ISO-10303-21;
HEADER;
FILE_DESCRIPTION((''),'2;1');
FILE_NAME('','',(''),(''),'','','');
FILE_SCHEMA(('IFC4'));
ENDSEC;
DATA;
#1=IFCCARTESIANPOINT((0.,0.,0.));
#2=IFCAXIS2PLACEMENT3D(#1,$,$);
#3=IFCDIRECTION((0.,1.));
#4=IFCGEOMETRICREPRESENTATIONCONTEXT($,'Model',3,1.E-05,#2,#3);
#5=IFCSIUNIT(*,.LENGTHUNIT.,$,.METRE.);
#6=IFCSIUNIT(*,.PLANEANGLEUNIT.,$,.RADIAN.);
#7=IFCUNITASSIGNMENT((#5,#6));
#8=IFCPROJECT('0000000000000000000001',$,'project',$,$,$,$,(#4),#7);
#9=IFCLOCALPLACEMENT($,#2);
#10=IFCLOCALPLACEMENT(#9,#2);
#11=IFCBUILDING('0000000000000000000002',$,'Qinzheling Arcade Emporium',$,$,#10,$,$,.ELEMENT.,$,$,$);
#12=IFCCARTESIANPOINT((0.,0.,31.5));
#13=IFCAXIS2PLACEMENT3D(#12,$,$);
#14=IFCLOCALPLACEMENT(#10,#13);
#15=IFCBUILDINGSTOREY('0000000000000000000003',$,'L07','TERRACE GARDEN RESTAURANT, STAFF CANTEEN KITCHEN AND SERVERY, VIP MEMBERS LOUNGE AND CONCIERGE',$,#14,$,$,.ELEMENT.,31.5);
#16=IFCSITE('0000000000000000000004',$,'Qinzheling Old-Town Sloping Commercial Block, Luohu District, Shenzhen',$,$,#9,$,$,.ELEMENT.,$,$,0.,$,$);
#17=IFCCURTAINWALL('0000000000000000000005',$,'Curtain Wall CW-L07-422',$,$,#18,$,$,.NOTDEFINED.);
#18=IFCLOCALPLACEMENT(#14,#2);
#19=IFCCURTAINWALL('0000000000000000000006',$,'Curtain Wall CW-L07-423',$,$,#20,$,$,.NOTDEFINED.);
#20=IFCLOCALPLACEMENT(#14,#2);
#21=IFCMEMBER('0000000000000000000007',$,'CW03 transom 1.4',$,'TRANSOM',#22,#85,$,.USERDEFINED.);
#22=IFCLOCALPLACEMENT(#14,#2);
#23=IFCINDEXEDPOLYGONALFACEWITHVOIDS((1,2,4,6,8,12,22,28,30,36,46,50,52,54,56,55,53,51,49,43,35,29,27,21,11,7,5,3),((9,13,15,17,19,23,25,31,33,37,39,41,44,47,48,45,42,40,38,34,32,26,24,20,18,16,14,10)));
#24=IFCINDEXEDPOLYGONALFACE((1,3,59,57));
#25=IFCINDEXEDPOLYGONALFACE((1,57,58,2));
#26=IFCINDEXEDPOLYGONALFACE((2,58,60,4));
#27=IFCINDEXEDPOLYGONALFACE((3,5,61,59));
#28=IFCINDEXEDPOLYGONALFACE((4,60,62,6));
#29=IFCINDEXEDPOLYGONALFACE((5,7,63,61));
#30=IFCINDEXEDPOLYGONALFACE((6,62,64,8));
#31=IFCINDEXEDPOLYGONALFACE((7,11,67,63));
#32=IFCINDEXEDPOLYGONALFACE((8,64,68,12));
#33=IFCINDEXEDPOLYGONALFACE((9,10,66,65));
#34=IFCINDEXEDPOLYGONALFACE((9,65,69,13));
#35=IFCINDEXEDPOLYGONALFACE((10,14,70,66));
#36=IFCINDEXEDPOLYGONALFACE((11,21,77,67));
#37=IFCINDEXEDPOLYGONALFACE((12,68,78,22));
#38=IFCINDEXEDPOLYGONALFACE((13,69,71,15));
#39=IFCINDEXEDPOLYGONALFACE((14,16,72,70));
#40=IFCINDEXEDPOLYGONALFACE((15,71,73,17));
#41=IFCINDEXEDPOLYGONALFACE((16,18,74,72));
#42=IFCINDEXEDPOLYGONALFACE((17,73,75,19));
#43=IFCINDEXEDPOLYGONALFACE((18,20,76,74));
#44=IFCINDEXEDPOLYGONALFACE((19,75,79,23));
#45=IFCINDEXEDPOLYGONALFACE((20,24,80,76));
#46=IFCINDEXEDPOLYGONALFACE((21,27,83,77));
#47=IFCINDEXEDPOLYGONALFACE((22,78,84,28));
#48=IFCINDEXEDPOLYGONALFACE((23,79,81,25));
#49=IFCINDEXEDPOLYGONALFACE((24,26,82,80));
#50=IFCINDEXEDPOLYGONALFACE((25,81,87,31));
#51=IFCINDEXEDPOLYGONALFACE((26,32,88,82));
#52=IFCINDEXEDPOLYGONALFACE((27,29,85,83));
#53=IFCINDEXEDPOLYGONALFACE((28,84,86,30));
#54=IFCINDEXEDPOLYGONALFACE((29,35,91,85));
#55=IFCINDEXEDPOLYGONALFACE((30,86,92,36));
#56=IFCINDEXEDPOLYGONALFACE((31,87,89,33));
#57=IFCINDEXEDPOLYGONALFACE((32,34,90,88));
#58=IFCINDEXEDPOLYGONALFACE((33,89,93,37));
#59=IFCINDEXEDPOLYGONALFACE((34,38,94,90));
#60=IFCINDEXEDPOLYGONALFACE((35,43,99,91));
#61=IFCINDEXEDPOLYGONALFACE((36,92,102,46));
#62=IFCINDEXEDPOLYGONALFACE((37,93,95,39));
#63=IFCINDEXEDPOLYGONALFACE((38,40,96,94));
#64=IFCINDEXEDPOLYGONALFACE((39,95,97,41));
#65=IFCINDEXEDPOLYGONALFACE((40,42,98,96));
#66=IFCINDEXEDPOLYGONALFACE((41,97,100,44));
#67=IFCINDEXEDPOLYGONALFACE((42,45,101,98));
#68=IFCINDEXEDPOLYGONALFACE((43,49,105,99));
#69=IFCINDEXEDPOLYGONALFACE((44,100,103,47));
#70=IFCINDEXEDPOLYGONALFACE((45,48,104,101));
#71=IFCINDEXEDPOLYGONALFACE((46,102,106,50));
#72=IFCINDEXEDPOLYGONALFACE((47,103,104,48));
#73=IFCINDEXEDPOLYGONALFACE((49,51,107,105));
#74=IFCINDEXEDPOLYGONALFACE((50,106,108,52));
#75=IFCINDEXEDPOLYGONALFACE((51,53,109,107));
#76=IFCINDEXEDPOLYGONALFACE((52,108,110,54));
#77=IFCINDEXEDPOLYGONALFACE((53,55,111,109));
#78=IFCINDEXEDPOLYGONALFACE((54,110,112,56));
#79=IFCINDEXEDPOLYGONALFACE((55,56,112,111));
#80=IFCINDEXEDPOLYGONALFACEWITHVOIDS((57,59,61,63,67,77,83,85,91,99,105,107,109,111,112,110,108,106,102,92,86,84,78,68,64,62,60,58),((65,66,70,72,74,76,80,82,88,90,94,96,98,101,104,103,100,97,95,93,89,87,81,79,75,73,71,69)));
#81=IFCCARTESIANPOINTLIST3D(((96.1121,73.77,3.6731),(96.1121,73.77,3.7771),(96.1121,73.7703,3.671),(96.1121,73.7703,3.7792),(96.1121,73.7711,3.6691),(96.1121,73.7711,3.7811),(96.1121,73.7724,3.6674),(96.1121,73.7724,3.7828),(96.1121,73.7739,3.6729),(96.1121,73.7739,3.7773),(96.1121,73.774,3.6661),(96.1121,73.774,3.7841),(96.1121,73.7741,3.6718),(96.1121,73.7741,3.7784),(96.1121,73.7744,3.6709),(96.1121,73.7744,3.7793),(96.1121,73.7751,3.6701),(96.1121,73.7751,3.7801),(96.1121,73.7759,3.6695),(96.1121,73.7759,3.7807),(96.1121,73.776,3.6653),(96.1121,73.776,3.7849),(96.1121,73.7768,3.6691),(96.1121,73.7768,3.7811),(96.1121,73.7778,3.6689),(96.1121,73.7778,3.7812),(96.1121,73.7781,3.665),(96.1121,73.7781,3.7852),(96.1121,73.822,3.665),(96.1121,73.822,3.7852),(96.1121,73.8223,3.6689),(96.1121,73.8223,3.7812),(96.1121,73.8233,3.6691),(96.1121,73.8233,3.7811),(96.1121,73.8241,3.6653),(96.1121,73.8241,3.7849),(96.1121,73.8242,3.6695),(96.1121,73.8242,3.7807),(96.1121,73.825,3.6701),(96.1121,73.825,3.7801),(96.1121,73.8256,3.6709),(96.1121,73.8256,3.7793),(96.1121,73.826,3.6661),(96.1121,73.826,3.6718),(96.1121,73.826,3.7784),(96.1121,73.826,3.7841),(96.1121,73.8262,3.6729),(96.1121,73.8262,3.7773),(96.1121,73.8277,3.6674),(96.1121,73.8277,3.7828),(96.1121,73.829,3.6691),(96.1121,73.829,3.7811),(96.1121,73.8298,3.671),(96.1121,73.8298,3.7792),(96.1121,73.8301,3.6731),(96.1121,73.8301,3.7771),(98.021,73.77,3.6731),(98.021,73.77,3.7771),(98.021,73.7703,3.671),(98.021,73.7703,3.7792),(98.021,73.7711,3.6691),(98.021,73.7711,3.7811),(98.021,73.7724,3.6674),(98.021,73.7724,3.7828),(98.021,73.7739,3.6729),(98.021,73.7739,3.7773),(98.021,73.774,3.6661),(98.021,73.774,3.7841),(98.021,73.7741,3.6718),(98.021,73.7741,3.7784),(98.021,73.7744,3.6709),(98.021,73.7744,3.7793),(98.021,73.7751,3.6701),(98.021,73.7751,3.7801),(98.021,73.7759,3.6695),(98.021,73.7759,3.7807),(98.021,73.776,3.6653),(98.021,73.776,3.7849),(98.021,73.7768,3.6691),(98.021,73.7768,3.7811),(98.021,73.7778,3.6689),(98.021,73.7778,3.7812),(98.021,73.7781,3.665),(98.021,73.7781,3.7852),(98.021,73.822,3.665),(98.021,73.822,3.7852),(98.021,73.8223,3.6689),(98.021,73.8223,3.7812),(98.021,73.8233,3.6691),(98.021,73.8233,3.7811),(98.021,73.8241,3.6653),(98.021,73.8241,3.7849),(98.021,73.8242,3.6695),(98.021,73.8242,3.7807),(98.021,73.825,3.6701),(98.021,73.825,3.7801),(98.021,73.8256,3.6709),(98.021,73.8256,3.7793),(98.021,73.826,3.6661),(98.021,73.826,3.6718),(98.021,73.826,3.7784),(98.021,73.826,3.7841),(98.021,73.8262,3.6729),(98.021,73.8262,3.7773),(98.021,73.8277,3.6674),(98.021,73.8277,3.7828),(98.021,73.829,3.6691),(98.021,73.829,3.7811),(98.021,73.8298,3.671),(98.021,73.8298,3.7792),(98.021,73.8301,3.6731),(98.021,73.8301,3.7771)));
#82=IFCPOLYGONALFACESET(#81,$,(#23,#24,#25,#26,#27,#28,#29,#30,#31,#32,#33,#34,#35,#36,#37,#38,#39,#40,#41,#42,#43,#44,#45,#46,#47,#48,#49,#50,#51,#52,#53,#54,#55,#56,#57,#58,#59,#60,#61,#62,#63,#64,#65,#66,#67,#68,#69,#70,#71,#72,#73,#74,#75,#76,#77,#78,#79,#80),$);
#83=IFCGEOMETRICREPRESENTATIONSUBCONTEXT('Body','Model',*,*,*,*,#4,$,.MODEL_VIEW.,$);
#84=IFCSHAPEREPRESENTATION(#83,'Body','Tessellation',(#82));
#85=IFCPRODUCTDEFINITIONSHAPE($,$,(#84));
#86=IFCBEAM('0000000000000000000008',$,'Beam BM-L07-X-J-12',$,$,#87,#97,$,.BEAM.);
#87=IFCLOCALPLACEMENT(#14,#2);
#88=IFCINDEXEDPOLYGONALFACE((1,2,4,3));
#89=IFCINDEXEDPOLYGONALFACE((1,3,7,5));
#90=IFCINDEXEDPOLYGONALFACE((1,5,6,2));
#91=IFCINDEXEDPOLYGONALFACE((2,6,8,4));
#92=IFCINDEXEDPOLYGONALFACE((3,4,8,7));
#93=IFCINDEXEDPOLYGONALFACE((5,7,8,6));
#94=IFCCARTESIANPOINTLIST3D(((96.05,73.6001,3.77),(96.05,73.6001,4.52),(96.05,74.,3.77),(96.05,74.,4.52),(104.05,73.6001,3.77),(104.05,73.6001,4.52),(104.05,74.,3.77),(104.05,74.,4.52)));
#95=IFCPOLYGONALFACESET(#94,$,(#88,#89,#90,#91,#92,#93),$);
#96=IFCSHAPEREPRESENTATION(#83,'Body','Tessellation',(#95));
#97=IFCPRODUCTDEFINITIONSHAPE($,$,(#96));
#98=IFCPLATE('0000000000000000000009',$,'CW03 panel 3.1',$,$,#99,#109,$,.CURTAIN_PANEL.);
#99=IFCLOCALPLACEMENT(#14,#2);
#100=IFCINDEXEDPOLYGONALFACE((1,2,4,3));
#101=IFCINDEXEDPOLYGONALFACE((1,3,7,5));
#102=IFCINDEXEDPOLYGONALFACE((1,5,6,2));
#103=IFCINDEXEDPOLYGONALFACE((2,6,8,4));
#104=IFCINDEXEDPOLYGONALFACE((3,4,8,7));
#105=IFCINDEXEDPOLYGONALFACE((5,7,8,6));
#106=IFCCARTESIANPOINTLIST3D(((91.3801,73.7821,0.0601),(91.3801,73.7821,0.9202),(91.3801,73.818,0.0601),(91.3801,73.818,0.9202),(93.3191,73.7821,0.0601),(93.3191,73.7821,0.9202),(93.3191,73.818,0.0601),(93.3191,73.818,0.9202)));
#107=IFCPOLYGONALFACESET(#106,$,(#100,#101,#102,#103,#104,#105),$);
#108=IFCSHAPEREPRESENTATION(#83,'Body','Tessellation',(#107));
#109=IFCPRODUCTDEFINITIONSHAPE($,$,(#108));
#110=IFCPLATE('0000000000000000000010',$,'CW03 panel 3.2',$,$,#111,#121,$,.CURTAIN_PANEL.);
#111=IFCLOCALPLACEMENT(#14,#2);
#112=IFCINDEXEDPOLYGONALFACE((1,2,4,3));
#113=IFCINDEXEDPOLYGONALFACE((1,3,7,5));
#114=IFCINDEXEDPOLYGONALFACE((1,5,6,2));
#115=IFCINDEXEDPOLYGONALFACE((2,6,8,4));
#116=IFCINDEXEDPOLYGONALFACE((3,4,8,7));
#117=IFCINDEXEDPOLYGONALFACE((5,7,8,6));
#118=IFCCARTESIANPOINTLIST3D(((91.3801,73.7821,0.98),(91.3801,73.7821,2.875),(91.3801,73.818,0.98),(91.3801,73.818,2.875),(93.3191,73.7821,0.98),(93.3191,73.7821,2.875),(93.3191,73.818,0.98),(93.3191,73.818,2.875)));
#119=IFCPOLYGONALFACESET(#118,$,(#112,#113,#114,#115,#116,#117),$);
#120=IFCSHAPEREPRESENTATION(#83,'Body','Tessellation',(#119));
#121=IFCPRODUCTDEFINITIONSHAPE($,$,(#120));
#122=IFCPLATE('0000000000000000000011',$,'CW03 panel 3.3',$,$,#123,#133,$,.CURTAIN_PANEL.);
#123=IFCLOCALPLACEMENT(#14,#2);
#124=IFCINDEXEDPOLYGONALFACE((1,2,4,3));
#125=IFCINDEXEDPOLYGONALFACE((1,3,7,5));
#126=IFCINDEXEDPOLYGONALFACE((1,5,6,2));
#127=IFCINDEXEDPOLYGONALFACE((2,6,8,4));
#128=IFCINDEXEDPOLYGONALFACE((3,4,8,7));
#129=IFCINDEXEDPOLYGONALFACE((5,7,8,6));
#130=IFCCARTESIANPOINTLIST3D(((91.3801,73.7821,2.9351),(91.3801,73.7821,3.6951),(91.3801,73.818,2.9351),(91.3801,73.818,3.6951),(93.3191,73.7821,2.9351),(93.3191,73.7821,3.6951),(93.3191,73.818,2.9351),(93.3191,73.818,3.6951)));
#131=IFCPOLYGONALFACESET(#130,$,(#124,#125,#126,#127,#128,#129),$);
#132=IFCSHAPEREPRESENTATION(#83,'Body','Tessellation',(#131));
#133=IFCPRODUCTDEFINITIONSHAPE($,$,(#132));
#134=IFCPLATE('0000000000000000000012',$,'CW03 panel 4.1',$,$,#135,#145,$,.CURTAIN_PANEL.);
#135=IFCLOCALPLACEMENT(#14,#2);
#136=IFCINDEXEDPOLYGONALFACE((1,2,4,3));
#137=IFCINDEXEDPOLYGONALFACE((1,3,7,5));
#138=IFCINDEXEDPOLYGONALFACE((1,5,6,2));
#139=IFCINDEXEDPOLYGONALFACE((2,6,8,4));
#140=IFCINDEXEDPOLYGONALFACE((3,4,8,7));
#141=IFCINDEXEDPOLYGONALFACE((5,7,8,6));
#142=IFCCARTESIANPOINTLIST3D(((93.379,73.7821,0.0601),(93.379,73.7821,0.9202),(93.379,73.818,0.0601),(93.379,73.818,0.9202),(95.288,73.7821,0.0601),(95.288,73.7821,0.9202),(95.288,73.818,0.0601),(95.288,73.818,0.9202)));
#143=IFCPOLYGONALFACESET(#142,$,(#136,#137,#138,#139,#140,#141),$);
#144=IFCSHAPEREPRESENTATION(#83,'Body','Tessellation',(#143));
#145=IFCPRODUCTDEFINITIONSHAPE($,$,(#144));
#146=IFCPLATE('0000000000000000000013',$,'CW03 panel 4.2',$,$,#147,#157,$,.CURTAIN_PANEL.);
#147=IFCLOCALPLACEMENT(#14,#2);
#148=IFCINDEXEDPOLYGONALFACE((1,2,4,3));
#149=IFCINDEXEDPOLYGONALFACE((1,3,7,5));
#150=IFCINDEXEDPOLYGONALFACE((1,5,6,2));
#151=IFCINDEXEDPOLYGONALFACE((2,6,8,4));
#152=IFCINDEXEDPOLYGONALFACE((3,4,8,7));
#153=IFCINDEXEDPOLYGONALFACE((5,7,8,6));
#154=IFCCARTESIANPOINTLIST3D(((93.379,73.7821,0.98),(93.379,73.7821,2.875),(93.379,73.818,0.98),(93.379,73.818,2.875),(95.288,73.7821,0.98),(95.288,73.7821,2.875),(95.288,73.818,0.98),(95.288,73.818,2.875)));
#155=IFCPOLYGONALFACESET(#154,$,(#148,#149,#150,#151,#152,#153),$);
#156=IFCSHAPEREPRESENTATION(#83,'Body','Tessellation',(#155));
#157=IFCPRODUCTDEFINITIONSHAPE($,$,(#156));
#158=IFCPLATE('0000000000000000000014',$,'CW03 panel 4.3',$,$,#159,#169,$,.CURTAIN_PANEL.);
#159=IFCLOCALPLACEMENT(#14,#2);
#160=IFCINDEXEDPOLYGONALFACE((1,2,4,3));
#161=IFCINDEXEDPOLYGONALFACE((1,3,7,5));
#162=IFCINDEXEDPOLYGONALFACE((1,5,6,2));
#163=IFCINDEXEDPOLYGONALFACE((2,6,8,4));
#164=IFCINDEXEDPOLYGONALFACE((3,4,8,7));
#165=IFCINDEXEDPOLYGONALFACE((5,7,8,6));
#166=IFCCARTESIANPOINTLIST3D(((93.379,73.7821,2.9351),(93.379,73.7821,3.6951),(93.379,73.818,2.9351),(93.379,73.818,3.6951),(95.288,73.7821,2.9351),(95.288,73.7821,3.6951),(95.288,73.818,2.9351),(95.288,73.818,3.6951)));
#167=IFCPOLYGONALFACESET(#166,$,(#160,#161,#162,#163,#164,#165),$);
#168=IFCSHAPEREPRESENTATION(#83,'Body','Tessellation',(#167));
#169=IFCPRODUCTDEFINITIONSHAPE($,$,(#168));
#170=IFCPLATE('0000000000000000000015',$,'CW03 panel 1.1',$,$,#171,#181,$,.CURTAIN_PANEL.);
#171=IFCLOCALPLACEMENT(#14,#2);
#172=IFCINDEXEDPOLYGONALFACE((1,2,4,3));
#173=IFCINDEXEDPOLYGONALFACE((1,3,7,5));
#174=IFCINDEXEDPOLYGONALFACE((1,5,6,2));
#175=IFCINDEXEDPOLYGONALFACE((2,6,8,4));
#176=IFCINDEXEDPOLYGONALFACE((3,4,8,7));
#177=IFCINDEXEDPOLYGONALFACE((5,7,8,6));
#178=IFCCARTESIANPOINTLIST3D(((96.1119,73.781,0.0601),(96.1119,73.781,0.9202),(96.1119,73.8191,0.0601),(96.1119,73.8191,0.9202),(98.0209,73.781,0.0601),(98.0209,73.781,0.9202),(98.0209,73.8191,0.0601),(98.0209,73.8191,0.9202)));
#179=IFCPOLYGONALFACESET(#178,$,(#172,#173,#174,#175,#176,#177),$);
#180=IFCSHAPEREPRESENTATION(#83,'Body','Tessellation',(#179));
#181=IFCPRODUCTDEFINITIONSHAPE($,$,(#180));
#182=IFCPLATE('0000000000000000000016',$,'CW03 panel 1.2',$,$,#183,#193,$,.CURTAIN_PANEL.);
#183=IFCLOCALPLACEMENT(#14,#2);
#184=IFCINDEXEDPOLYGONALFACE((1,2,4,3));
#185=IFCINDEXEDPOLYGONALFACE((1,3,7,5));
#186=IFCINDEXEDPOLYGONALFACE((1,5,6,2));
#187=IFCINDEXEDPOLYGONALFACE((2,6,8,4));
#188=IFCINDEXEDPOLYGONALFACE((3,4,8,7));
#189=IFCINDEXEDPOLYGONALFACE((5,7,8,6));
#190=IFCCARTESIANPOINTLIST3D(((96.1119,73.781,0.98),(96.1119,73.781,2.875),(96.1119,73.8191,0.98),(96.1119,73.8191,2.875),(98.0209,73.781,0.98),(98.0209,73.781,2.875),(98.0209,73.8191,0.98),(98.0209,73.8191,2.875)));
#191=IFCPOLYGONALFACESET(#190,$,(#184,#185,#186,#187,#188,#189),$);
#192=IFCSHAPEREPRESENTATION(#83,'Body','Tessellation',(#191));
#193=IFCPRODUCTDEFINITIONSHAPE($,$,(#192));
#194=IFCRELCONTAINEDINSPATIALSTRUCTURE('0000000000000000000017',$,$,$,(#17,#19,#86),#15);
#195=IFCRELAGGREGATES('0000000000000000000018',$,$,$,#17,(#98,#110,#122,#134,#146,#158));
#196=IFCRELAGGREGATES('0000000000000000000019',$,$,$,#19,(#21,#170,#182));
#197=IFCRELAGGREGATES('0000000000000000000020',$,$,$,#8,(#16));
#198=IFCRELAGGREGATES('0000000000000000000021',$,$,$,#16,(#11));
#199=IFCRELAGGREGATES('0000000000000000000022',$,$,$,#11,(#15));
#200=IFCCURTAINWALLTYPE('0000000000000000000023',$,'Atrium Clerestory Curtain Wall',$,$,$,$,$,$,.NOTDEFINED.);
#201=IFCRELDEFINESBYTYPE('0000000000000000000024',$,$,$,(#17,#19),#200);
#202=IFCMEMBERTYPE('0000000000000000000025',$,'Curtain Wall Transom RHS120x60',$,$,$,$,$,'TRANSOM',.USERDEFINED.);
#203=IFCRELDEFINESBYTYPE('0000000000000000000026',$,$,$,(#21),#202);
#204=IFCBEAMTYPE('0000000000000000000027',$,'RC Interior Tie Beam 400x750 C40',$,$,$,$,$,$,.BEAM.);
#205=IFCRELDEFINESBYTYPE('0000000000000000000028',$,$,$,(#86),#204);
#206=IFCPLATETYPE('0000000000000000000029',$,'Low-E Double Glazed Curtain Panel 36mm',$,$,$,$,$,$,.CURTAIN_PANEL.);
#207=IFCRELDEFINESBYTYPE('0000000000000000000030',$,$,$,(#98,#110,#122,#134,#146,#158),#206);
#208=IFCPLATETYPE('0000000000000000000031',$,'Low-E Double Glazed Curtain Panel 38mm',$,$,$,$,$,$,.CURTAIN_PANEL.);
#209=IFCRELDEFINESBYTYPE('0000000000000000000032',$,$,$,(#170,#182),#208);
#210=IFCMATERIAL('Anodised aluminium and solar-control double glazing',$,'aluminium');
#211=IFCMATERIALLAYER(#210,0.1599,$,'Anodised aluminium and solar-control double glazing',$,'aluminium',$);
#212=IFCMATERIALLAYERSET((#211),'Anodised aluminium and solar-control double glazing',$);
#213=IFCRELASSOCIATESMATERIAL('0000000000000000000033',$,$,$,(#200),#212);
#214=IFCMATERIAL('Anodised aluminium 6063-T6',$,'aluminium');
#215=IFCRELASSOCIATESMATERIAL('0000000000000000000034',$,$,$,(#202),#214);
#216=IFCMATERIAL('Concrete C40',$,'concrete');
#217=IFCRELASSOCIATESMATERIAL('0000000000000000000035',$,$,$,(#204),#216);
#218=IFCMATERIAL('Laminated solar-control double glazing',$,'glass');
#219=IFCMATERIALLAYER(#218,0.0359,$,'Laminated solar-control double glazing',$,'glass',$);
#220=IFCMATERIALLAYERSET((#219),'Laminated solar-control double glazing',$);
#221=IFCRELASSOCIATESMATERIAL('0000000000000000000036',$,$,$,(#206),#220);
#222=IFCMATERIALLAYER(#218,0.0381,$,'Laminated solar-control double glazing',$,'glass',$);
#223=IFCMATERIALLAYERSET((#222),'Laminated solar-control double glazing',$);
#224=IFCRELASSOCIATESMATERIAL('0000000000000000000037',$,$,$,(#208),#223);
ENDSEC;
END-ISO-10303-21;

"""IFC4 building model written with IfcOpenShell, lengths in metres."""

from ifc_helpers import new_model, si_unit, direction, frame, origin, origin_2d, place, context, subcontext, project, spatial, rectangle, hollow_rectangle, extrude, material, layer, layer_set, material_profile, profile_set, type_object, element, aggregate, save


model = new_model("IFC4")

# Units and contexts
model_context = context("Model", 3, precision=1e-05, world=origin(), true_north=direction((0.0, 1.0)))
body_context = subcontext(model_context, "Body", "Model", "MODEL_VIEW")
ifc_project = project(units=[si_unit("LENGTHUNIT", "METRE"), si_unit("PLANEANGLEUNIT", "RADIAN")], contexts=[model_context])

# Site, building, storey
site_placement = place(None, origin())
site = spatial("IfcSite", under=ifc_project, at=site_placement, Name="Qinzheling Old-Town Sloping Commercial Block, Luohu District, Shenzhen", CompositionType="ELEMENT", RefElevation=0.0)
building_placement = place(site_placement, origin())
building = spatial("IfcBuilding", under=site, at=building_placement, Name="Qinzheling Arcade Emporium", CompositionType="ELEMENT")
storey_placement = place(building_placement, frame((0.0, 0.0, 31.5)))
storey = spatial("IfcBuildingStorey", under=building, at=storey_placement, Name="L07", Description="TERRACE GARDEN RESTAURANT, STAFF CANTEEN KITCHEN AND SERVERY, VIP MEMBERS LOUNGE AND CONCIERGE", CompositionType="ELEMENT", Elevation=31.5)

# Shared definitions
ifc_material_1 = material(Name="Concrete C40", Category="concrete")

# Curtain wall
ifc_material_2 = material(Name="Anodised aluminium and solar-control double glazing", Category="aluminium")
ifc_layer_1 = layer(ifc_material_2, 0.1599, Name="Anodised aluminium and solar-control double glazing", Category="aluminium")
ifc_layer_set_1 = layer_set([ifc_layer_1], Name="Anodised aluminium and solar-control double glazing")
curtain_wall_type = type_object("IfcCurtainWallType", Name="Atrium Clerestory Curtain Wall", PredefinedType="NOTDEFINED", material=ifc_layer_set_1)
curtain_wall_1_placement = place(storey_placement, origin())
curtain_wall_1 = element("IfcCurtainWall", 1, at=curtain_wall_1_placement, inside=storey, type_object=curtain_wall_type, Name="Curtain Wall CW-L07-422", PredefinedType="NOTDEFINED")
ifc_material_3 = material(Name="Anodised aluminium 6063-T6", Category="aluminium")

# Curtain wall
curtain_wall_2_placement = place(storey_placement, origin())
curtain_wall_2 = element("IfcCurtainWall", 2, at=curtain_wall_2_placement, inside=storey, type_object=curtain_wall_type, Name="Curtain Wall CW-L07-423", PredefinedType="NOTDEFINED")

# Member
ifc_material_profile_1 = material_profile(ifc_material_3, hollow_rectangle(XDim=0.0601, YDim=0.1201, WallThickness=0.0039, InnerFilletRadius=0.0039, OuterFilletRadius=0.0081, at=origin_2d()), Name="RHS 120x60x4", Category="aluminium")
ifc_profile_set_1 = profile_set([ifc_material_profile_1], Name="Anodised aluminium 6063-T6")
member_type_1 = type_object("IfcMemberType", Name="Curtain Wall Transom RHS120x60", ElementType="TRANSOM", PredefinedType="USERDEFINED", material=ifc_profile_set_1)
member_1_placement = place(storey_placement, frame((96.1121, 73.8, 3.7251), z_axis=(1.0, 0.0, 0.0), x_axis=(0.0, 1.0, 0.0)))
member_1 = element("IfcMember", 3, at=member_1_placement, type_object=member_type_1, Name="CW03 transom 1.4", ObjectType="TRANSOM", PredefinedType="USERDEFINED", context=body_context, shape_type="SweptSolid", body=[
    extrude(hollow_rectangle(XDim=0.0601, YDim=0.1201, WallThickness=0.0039, InnerFilletRadius=0.0039, OuterFilletRadius=0.0081, at=origin_2d()), origin(), (0.0, 0.0, 1.0), 1.9089),
])

# Beam
ifc_material_profile_2 = material_profile(ifc_material_1, rectangle(XDim=0.3999, YDim=0.75, at=origin_2d()), Name="RC 400x750", Category="concrete")
ifc_profile_set_2 = profile_set([ifc_material_profile_2], Name="Concrete C40")
beam_type = type_object("IfcBeamType", Name="RC Interior Tie Beam 400x750 C40", PredefinedType="BEAM", material=ifc_profile_set_2)
beam_placement = place(storey_placement, frame((96.05, 73.8, 4.145), z_axis=(1.0, 0.0, 0.0), x_axis=(0.0, 1.0, 0.0)))
element("IfcBeam", 4, at=beam_placement, inside=storey, type_object=beam_type, Name="Beam BM-L07-X-J-12", PredefinedType="BEAM", context=body_context, shape_type="SweptSolid", body=[
    extrude(rectangle(XDim=0.3999, YDim=0.75, at=origin_2d()), origin(), (0.0, 0.0, 1.0), 8.0),
])

# Plates
ifc_material_4 = material(Name="Laminated solar-control double glazing", Category="glass")
ifc_layer_2 = layer(ifc_material_4, 0.0359, Name="Laminated solar-control double glazing", Category="glass")
ifc_layer_set_2 = layer_set([ifc_layer_2], Name="Laminated solar-control double glazing")
plate_type_1 = type_object("IfcPlateType", Name="Low-E Double Glazed Curtain Panel 36mm", PredefinedType="CURTAIN_PANEL", material=ifc_layer_set_2)
plate_1_placement = place(storey_placement, frame((92.3496, 73.8, 0.0601), z_axis=(0.0, 0.0, 1.0), x_axis=(1.0, 0.0, 0.0)))
plate_1 = element("IfcPlate", 5, at=plate_1_placement, type_object=plate_type_1, Name="CW03 panel 3.1", PredefinedType="CURTAIN_PANEL", context=body_context, shape_type="SweptSolid", body=[
    extrude(rectangle(XDim=1.939, YDim=0.0359, at=origin_2d()), origin(), (0.0, 0.0, 1.0), 0.8601),
])
plate_2_placement = place(storey_placement, frame((92.3496, 73.8, 0.98), z_axis=(0.0, 0.0, 1.0), x_axis=(1.0, 0.0, 0.0)))
plate_2 = element("IfcPlate", 6, at=plate_2_placement, type_object=plate_type_1, Name="CW03 panel 3.2", PredefinedType="CURTAIN_PANEL", context=body_context, shape_type="SweptSolid", body=[
    extrude(rectangle(XDim=1.939, YDim=0.0359, at=origin_2d()), origin(), (0.0, 0.0, 1.0), 1.895),
])
plate_3_placement = place(storey_placement, frame((92.3496, 73.8, 2.9351), z_axis=(0.0, 0.0, 1.0), x_axis=(1.0, 0.0, 0.0)))
plate_3 = element("IfcPlate", 7, at=plate_3_placement, type_object=plate_type_1, Name="CW03 panel 3.3", PredefinedType="CURTAIN_PANEL", context=body_context, shape_type="SweptSolid", body=[
    extrude(rectangle(XDim=1.939, YDim=0.0359, at=origin_2d()), origin(), (0.0, 0.0, 1.0), 0.76),
])
plate_4_placement = place(storey_placement, frame((94.3335, 73.8, 0.0601), z_axis=(0.0, 0.0, 1.0), x_axis=(1.0, 0.0, 0.0)))
plate_4 = element("IfcPlate", 8, at=plate_4_placement, type_object=plate_type_1, Name="CW03 panel 4.1", PredefinedType="CURTAIN_PANEL", context=body_context, shape_type="SweptSolid", body=[
    extrude(rectangle(XDim=1.9089, YDim=0.0359, at=origin_2d()), origin(), (0.0, 0.0, 1.0), 0.8601),
])
plate_5_placement = place(storey_placement, frame((94.3335, 73.8, 0.98), z_axis=(0.0, 0.0, 1.0), x_axis=(1.0, 0.0, 0.0)))
plate_5 = element("IfcPlate", 9, at=plate_5_placement, type_object=plate_type_1, Name="CW03 panel 4.2", PredefinedType="CURTAIN_PANEL", context=body_context, shape_type="SweptSolid", body=[
    extrude(rectangle(XDim=1.9089, YDim=0.0359, at=origin_2d()), origin(), (0.0, 0.0, 1.0), 1.895),
])
plate_6_placement = place(storey_placement, frame((94.3335, 73.8, 2.9351), z_axis=(0.0, 0.0, 1.0), x_axis=(1.0, 0.0, 0.0)))
plate_6 = element("IfcPlate", 10, at=plate_6_placement, type_object=plate_type_1, Name="CW03 panel 4.3", PredefinedType="CURTAIN_PANEL", context=body_context, shape_type="SweptSolid", body=[
    extrude(rectangle(XDim=1.9089, YDim=0.0359, at=origin_2d()), origin(), (0.0, 0.0, 1.0), 0.76),
])
aggregate(curtain_wall_1, [plate_1, plate_2, plate_3, plate_4, plate_5, plate_6])
ifc_layer_3 = layer(ifc_material_4, 0.0381, Name="Laminated solar-control double glazing", Category="glass")
ifc_layer_set_3 = layer_set([ifc_layer_3], Name="Laminated solar-control double glazing")
plate_type_2 = type_object("IfcPlateType", Name="Low-E Double Glazed Curtain Panel 38mm", PredefinedType="CURTAIN_PANEL", material=ifc_layer_set_3)
plate_7_placement = place(storey_placement, frame((97.0664, 73.8, 0.0601), z_axis=(0.0, 0.0, 1.0), x_axis=(1.0, 0.0, 0.0)))
plate_7 = element("IfcPlate", 11, at=plate_7_placement, type_object=plate_type_2, Name="CW03 panel 1.1", PredefinedType="CURTAIN_PANEL", context=body_context, shape_type="SweptSolid", body=[
    extrude(rectangle(XDim=1.9089, YDim=0.0381, at=origin_2d()), origin(), (0.0, 0.0, 1.0), 0.8601),
])
plate_8_placement = place(storey_placement, frame((97.0664, 73.8, 0.98), z_axis=(0.0, 0.0, 1.0), x_axis=(1.0, 0.0, 0.0)))
plate_8 = element("IfcPlate", 12, at=plate_8_placement, type_object=plate_type_2, Name="CW03 panel 1.2", PredefinedType="CURTAIN_PANEL", context=body_context, shape_type="SweptSolid", body=[
    extrude(rectangle(XDim=1.9089, YDim=0.0381, at=origin_2d()), origin(), (0.0, 0.0, 1.0), 1.895),
])
aggregate(curtain_wall_2, [member_1, plate_7, plate_8])

save(model, "model.ifc")
